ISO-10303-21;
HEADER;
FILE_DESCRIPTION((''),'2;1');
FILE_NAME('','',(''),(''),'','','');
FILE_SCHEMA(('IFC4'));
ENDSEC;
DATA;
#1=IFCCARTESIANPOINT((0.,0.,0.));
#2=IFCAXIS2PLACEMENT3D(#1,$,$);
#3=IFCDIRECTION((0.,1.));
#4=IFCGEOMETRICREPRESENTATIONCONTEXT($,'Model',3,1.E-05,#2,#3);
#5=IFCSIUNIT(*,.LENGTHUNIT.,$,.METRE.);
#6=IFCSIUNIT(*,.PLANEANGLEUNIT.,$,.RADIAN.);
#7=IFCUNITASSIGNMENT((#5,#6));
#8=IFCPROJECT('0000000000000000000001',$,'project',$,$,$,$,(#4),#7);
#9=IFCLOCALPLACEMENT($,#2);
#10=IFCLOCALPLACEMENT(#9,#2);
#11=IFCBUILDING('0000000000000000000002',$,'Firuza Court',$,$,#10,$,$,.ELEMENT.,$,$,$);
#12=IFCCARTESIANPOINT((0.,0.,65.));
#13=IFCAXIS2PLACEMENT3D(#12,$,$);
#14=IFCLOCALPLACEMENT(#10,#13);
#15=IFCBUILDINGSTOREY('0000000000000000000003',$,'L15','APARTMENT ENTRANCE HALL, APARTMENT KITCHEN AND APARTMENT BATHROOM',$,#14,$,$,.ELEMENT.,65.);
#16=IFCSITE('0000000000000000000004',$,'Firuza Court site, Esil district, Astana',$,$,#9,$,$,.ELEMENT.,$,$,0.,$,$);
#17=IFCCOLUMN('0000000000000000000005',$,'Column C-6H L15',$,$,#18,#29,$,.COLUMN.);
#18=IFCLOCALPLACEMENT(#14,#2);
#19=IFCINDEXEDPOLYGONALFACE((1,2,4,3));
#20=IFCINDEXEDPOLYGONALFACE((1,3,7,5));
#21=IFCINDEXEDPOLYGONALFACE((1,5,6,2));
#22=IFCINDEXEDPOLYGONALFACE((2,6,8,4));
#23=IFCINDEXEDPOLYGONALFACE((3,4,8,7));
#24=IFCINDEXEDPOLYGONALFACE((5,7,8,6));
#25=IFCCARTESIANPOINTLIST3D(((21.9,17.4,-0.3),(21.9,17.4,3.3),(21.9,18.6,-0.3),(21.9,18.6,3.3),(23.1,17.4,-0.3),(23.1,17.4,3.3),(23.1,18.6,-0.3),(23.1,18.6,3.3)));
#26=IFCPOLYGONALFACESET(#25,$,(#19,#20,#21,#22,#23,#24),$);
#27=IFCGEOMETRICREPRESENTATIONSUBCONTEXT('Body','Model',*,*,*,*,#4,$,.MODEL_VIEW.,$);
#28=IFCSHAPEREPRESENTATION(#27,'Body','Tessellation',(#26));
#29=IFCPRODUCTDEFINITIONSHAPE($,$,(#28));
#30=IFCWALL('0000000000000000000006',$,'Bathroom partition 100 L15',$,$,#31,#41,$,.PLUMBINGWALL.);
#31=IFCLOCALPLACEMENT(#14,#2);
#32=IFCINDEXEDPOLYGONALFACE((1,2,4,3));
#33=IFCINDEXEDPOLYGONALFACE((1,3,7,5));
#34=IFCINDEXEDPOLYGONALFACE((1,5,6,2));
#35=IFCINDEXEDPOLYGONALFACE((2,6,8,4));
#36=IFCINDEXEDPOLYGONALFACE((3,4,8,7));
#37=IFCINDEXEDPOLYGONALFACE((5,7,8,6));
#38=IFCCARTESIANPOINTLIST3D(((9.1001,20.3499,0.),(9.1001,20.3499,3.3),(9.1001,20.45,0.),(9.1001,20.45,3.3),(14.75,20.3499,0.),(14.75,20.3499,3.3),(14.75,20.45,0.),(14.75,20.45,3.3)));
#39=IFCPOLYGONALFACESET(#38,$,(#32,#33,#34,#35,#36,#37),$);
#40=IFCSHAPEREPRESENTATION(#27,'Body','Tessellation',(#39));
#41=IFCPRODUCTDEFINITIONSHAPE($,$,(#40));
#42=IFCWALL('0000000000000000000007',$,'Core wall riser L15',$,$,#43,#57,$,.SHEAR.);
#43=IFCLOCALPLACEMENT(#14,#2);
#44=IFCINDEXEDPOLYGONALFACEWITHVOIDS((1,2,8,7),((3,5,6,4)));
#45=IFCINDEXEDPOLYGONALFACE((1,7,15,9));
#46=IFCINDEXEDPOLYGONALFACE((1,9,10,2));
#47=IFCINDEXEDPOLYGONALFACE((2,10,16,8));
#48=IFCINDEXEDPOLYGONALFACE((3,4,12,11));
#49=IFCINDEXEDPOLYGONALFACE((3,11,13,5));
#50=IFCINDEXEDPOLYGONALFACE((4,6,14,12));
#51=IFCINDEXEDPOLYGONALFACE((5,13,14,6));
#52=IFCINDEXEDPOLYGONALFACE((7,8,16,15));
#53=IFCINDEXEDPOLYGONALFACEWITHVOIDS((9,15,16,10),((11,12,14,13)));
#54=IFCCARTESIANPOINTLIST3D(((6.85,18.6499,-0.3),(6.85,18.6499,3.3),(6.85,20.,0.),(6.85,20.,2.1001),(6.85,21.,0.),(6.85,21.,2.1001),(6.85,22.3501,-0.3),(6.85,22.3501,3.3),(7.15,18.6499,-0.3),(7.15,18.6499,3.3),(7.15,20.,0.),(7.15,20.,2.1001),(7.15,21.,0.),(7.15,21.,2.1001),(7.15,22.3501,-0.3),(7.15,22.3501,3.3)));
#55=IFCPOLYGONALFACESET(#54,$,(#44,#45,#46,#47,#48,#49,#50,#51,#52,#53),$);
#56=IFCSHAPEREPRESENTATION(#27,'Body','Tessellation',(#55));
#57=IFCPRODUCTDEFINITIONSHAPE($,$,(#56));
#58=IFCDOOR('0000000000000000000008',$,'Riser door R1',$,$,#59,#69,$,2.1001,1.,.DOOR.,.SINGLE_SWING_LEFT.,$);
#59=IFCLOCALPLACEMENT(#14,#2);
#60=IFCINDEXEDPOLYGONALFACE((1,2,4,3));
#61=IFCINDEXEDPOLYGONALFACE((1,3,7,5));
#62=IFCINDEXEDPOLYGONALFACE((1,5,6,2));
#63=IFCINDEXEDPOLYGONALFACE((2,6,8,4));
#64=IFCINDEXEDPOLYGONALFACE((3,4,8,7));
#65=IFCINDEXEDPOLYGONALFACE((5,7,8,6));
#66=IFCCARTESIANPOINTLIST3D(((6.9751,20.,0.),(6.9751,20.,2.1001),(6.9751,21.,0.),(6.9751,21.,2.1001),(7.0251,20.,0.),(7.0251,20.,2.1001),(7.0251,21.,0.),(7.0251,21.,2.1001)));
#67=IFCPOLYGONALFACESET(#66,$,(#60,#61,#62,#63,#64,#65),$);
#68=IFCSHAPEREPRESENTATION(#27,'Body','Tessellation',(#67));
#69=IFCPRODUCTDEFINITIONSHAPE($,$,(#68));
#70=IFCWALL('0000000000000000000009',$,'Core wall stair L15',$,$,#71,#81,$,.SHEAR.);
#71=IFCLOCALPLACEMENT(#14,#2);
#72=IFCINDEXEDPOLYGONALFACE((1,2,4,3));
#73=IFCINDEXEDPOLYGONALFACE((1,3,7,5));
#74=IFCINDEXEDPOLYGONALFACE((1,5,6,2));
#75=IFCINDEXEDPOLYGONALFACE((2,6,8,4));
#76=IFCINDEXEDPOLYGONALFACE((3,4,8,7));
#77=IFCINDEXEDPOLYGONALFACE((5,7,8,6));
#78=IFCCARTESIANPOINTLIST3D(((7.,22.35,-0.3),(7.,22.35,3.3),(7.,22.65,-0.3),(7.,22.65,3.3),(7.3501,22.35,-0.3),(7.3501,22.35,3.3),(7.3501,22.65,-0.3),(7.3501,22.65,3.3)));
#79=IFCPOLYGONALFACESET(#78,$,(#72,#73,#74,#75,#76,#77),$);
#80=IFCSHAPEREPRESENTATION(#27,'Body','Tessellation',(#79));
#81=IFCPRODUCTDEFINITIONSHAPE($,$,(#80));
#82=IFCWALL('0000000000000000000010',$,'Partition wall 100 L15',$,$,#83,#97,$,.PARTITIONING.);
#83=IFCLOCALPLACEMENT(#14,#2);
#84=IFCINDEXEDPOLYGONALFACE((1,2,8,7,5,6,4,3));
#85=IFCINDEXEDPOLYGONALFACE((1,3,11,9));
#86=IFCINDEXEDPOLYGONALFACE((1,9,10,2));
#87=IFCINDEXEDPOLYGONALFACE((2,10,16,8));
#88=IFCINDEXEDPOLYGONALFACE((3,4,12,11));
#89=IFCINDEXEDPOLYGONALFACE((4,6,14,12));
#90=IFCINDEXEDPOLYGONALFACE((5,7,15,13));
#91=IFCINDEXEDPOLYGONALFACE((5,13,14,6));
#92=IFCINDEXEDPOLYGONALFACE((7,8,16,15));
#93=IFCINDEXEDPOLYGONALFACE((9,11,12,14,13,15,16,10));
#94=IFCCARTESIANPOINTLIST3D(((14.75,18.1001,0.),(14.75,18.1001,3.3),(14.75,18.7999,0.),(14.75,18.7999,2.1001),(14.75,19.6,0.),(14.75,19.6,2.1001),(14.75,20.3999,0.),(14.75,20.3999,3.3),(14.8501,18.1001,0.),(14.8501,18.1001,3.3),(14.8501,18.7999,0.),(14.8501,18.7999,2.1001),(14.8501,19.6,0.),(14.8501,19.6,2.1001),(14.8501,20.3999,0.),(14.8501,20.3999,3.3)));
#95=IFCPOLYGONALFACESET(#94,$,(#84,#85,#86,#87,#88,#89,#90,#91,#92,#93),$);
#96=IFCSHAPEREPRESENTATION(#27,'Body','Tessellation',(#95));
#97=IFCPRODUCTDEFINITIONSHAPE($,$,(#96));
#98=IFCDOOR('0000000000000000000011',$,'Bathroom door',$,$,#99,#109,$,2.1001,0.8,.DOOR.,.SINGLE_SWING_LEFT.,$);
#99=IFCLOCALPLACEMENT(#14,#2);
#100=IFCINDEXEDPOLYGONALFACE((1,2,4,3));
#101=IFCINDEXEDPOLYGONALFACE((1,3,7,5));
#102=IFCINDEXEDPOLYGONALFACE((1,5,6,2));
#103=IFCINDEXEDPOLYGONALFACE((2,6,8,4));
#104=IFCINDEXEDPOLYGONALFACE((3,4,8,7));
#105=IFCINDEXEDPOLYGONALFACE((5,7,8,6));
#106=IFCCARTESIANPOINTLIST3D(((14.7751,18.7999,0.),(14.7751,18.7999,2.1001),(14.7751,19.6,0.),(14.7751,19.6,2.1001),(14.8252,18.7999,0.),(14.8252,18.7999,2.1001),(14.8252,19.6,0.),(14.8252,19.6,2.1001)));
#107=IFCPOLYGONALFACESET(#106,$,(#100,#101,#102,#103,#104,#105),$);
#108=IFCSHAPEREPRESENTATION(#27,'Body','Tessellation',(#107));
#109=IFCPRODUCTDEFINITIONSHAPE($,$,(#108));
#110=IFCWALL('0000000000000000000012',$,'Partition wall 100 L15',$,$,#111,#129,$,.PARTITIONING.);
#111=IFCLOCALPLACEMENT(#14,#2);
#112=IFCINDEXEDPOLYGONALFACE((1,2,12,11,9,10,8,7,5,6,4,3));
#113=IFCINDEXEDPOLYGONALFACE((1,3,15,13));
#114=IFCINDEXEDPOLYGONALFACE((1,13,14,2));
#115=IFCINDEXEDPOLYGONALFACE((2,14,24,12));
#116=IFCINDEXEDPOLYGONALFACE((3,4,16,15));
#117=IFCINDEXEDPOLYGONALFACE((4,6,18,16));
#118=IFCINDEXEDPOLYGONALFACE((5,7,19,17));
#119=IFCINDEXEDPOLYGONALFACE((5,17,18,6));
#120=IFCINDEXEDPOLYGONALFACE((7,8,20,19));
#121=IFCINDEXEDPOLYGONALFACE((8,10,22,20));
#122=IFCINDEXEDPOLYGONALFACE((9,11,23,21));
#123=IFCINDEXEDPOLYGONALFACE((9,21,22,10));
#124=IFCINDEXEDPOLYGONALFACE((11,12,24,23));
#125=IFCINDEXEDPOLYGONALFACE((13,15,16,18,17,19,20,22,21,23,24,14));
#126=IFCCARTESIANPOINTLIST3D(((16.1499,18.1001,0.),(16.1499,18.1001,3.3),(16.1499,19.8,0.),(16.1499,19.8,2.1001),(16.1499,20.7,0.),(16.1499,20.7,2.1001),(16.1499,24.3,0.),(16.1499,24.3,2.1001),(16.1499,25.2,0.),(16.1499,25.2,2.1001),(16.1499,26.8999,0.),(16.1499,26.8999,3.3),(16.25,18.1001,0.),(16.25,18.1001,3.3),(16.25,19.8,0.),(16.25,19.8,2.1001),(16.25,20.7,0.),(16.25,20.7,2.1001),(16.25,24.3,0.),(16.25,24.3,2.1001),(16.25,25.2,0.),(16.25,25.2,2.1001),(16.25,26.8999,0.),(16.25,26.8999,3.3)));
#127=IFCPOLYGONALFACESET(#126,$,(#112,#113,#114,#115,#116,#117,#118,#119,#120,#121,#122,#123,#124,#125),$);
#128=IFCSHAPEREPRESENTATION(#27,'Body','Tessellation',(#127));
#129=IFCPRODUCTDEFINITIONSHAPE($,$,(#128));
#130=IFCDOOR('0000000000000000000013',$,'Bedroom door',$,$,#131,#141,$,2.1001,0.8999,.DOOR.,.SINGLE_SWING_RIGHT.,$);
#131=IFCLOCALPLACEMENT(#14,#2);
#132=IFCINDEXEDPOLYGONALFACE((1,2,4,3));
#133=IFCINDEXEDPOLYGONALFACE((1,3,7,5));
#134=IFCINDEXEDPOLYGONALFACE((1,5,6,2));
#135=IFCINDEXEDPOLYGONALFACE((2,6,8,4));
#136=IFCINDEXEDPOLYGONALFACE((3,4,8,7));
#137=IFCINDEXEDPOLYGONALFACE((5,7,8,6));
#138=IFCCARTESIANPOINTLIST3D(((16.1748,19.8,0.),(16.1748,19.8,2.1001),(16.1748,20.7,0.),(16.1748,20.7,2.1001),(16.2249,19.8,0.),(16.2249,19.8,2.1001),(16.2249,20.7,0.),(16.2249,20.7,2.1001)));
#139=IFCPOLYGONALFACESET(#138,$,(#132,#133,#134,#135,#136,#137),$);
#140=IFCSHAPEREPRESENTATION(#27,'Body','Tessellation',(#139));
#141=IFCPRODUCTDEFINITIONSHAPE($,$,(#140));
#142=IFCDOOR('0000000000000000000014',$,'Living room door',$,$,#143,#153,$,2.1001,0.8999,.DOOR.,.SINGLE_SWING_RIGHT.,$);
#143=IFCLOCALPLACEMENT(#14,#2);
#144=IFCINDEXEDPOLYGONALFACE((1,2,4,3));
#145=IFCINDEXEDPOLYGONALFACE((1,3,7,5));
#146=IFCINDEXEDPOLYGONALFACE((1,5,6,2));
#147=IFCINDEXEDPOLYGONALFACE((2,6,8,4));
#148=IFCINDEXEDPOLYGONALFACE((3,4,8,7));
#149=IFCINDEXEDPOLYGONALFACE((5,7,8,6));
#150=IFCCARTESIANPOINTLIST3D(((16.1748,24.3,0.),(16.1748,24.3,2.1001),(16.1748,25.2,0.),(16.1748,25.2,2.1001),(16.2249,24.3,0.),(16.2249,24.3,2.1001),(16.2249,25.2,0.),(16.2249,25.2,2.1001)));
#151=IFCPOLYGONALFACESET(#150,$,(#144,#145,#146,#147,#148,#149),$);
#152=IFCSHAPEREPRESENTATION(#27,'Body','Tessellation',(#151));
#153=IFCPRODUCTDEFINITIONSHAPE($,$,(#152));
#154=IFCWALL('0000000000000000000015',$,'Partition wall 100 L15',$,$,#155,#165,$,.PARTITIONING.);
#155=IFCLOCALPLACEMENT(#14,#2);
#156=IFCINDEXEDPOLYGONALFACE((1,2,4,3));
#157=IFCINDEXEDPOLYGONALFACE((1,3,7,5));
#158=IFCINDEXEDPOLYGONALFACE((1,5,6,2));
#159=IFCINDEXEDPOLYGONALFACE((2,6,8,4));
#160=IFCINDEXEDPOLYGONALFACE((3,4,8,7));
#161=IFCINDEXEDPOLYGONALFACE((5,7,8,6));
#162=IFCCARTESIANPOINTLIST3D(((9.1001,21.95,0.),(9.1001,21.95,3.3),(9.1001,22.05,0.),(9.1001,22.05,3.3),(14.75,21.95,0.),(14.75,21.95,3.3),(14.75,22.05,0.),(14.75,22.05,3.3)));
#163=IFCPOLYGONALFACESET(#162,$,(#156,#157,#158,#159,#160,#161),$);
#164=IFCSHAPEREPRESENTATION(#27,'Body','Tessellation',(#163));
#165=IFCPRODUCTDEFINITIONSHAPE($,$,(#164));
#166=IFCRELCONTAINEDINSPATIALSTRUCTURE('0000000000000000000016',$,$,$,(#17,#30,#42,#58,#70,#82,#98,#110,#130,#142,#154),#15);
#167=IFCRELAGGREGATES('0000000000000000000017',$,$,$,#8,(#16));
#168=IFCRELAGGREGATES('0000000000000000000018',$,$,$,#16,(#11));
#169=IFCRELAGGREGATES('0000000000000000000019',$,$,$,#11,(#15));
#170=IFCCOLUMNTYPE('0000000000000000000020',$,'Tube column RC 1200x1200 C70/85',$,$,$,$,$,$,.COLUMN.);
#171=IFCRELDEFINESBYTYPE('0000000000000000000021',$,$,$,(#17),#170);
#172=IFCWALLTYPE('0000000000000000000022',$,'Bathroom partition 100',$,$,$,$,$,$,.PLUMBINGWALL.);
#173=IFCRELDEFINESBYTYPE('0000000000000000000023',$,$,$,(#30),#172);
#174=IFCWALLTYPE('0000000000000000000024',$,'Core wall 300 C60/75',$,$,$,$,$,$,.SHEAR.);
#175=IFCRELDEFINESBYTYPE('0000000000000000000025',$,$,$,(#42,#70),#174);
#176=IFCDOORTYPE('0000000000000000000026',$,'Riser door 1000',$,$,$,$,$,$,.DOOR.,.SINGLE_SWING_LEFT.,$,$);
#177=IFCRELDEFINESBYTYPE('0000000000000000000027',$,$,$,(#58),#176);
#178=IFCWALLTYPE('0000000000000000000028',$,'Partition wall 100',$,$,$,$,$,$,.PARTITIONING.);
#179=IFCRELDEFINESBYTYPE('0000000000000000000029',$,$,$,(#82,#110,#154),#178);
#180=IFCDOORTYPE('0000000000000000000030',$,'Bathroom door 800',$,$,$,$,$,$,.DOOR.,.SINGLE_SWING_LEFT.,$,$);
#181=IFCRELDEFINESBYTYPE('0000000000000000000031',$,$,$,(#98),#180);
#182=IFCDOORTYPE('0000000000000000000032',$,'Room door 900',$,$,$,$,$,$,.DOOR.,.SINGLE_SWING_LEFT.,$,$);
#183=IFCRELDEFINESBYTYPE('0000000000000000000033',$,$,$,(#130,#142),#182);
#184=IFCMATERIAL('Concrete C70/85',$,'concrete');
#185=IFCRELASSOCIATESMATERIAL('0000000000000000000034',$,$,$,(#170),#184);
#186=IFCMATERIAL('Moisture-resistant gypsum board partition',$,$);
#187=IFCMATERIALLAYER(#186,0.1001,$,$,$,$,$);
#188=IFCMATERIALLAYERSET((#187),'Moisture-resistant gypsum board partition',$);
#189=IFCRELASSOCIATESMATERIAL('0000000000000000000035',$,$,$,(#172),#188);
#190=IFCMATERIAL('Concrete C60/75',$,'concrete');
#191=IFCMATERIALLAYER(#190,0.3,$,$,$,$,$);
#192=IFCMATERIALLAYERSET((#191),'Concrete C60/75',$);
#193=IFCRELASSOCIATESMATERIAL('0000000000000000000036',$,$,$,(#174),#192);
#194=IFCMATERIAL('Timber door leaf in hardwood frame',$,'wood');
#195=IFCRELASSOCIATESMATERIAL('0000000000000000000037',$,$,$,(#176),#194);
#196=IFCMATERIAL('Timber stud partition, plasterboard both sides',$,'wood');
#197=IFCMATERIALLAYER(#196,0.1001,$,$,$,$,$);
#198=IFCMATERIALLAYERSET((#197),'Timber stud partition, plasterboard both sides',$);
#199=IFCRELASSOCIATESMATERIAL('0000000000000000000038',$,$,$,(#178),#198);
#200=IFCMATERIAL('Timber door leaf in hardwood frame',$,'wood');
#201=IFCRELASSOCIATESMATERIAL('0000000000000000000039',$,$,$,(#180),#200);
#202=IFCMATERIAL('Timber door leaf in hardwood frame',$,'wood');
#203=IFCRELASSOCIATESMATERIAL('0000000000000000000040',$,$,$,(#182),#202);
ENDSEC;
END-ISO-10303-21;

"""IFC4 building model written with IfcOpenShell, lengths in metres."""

from ifc_helpers import new_model, si_unit, direction, frame, frame_2d, origin, origin_2d, place, context, subcontext, project, spatial, rectangle, extrude, material, layer, layer_set, material_profile, profile_set, type_object, element, fill, save


model = new_model("IFC4")

# Units and contexts
model_context = context("Model", 3, precision=1e-05, world=origin(), true_north=direction((0.0, 1.0)))
body_context = subcontext(model_context, "Body", "Model", "MODEL_VIEW")
ifc_project = project(units=[si_unit("LENGTHUNIT", "METRE"), si_unit("PLANEANGLEUNIT", "RADIAN")], contexts=[model_context])

# Site, building, storey
site_placement = place(None, origin())
site = spatial("IfcSite", under=ifc_project, at=site_placement, Name="Firuza Court site, Esil district, Astana", CompositionType="ELEMENT", RefElevation=0.0)
building_placement = place(site_placement, origin())
building = spatial("IfcBuilding", under=site, at=building_placement, Name="Firuza Court", CompositionType="ELEMENT")
storey_placement = place(building_placement, frame((0.0, 0.0, 65.0)))
storey = spatial("IfcBuildingStorey", under=building, at=storey_placement, Name="L15", Description="APARTMENT ENTRANCE HALL, APARTMENT KITCHEN AND APARTMENT BATHROOM", CompositionType="ELEMENT", Elevation=65.0)

# Column
ifc_material_1 = material(Name="Concrete C70/85", Category="concrete")
ifc_material_profile = material_profile(ifc_material_1, rectangle(XDim=1.2, YDim=1.2, at=origin_2d()), Name="RC 1200x1200")
ifc_profile_set = profile_set([ifc_material_profile], Name="Concrete C70/85")
column_type = type_object("IfcColumnType", Name="Tube column RC 1200x1200 C70/85", PredefinedType="COLUMN", material=ifc_profile_set)
column_placement = place(storey_placement, frame((22.5, 18.0, -0.3), z_axis=(0.0, 0.0, 1.0), x_axis=(1.0, 0.0, 0.0)))
element("IfcColumn", 1, at=column_placement, inside=storey, type_object=column_type, Name="Column C-6H L15", PredefinedType="COLUMN", context=body_context, shape_type="SweptSolid", body=[
    extrude(rectangle(XDim=1.2, YDim=1.2, at=origin_2d()), origin(), (0.0, 0.0, 1.0), 3.6001),
])

# Wall
ifc_material_2 = material(Name="Moisture-resistant gypsum board partition")
ifc_layer_1 = layer(ifc_material_2, 0.1001)
ifc_layer_set_1 = layer_set([ifc_layer_1], Name="Moisture-resistant gypsum board partition")
wall_type_1 = type_object("IfcWallType", Name="Bathroom partition 100", PredefinedType="PLUMBINGWALL", material=ifc_layer_set_1)
wall_1_placement = place(storey_placement, frame((9.1001, 20.3999, 0.0), z_axis=(0.0, 0.0, 1.0), x_axis=(1.0, 0.0, 0.0)))
element("IfcWall", 2, at=wall_1_placement, inside=storey, type_object=wall_type_1, Name="Bathroom partition 100 L15", PredefinedType="PLUMBINGWALL", context=body_context, shape_type="SweptSolid", body=[
    extrude(rectangle(XDim=5.6499, YDim=0.1001, at=frame_2d((2.825, 0.0))), origin(), (0.0, 0.0, 1.0), 3.3),
])

# Wall, opening, door
ifc_material_3 = material(Name="Concrete C60/75", Category="concrete")
ifc_layer_2 = layer(ifc_material_3, 0.3)
ifc_layer_set_2 = layer_set([ifc_layer_2], Name="Concrete C60/75")
wall_type_2 = type_object("IfcWallType", Name="Core wall 300 C60/75", PredefinedType="SHEAR", material=ifc_layer_set_2)
wall_2_placement = place(storey_placement, frame((7.0, 18.6499, -0.3), z_axis=(0.0, 0.0, 1.0), x_axis=(0.0, 1.0, 0.0)))
wall_2 = element("IfcWall", 3, at=wall_2_placement, inside=storey, type_object=wall_type_2, Name="Core wall riser L15", PredefinedType="SHEAR", context=body_context, shape_type="SweptSolid", body=[
    extrude(rectangle(XDim=3.7002, YDim=0.3, at=frame_2d((1.8501, 0.0))), origin(), (0.0, 0.0, 1.0), 3.6001),
])
opening_1_placement = place(wall_2_placement, frame((1.3501, 0.0, 0.3)))
opening_1 = element("IfcOpeningElement", 4, at=opening_1_placement, cuts=wall_2, PredefinedType="OPENING", context=body_context, shape_type="SweptSolid", body=[
    extrude(rectangle(XDim=1.0, YDim=2.1001, at=frame_2d((0.5, 1.05))), frame((0.0, 0.1621, 0.0), z_axis=(0.0, -1.0, 0.0), x_axis=(1.0, 0.0, 0.0)), (0.0, 0.0, 1.0), 0.324),
])
ifc_material_4 = material(Name="Timber door leaf in hardwood frame", Category="wood")
door_type_1 = type_object("IfcDoorType", Name="Riser door 1000", OperationType="SINGLE_SWING_LEFT", PredefinedType="DOOR", material=ifc_material_4)
door_1_placement = place(opening_1_placement, origin())
door_1 = element("IfcDoor", 5, at=door_1_placement, inside=storey, type_object=door_type_1, Name="Riser door R1", OperationType="SINGLE_SWING_LEFT", OverallHeight=2.1001, OverallWidth=1.0, PredefinedType="DOOR", context=body_context, shape_type="SweptSolid", body=[
    extrude(rectangle(XDim=1.0, YDim=2.1001, at=frame_2d((0.5, 1.05))), frame((0.0, 0.0249, 0.0), z_axis=(0.0, -1.0, 0.0), x_axis=(1.0, 0.0, 0.0)), (0.0, 0.0, 1.0), 0.05),
])
fill(opening_1, door_1)

# Wall
wall_3_placement = place(storey_placement, frame((7.0, 22.5, -0.3), z_axis=(0.0, 0.0, 1.0), x_axis=(1.0, 0.0, 0.0)))
element("IfcWall", 6, at=wall_3_placement, inside=storey, type_object=wall_type_2, Name="Core wall stair L15", PredefinedType="SHEAR", context=body_context, shape_type="SweptSolid", body=[
    extrude(rectangle(XDim=0.3501, YDim=0.3, at=frame_2d((0.175, 0.0))), origin(), (0.0, 0.0, 1.0), 3.6001),
])

# Wall, opening, door
ifc_material_5 = material(Name="Timber stud partition, plasterboard both sides", Category="wood")
ifc_layer_3 = layer(ifc_material_5, 0.1001)
ifc_layer_set_3 = layer_set([ifc_layer_3], Name="Timber stud partition, plasterboard both sides")
wall_type_3 = type_object("IfcWallType", Name="Partition wall 100", PredefinedType="PARTITIONING", material=ifc_layer_set_3)
wall_4_placement = place(storey_placement, frame((14.8, 18.1001, 0.0), z_axis=(0.0, 0.0, 1.0), x_axis=(0.0, 1.0, 0.0)))
wall_4 = element("IfcWall", 7, at=wall_4_placement, inside=storey, type_object=wall_type_3, Name="Partition wall 100 L15", PredefinedType="PARTITIONING", context=body_context, shape_type="SweptSolid", body=[
    extrude(rectangle(XDim=2.2998, YDim=0.1001, at=frame_2d((1.1499, 0.0))), origin(), (0.0, 0.0, 1.0), 3.3),
])
opening_2_placement = place(wall_4_placement, frame((0.7, 0.0, 0.0)))
opening_2 = element("IfcOpeningElement", 8, at=opening_2_placement, cuts=wall_4, PredefinedType="OPENING", context=body_context, shape_type="SweptSolid", body=[
    extrude(rectangle(XDim=0.8, YDim=2.1001, at=frame_2d((0.3999, 1.05))), frame((0.0, 0.062, 0.0), z_axis=(0.0, -1.0, 0.0), x_axis=(1.0, 0.0, 0.0)), (0.0, 0.0, 1.0), 0.124),
])
ifc_material_6 = material(Name="Timber door leaf in hardwood frame", Category="wood")
door_type_2 = type_object("IfcDoorType", Name="Bathroom door 800", OperationType="SINGLE_SWING_LEFT", PredefinedType="DOOR", material=ifc_material_6)
door_2_placement = place(opening_2_placement, origin())
door_2 = element("IfcDoor", 9, at=door_2_placement, inside=storey, type_object=door_type_2, Name="Bathroom door", OperationType="SINGLE_SWING_LEFT", OverallHeight=2.1001, OverallWidth=0.8, PredefinedType="DOOR", context=body_context, shape_type="SweptSolid", body=[
    extrude(rectangle(XDim=0.8, YDim=2.1001, at=frame_2d((0.3999, 1.05))), frame((0.0, 0.0249, 0.0), z_axis=(0.0, -1.0, 0.0), x_axis=(1.0, 0.0, 0.0)), (0.0, 0.0, 1.0), 0.05),
])
fill(opening_2, door_2)

# Wall, openings, doors
wall_5_placement = place(storey_placement, frame((16.2, 18.1001, 0.0), z_axis=(0.0, 0.0, 1.0), x_axis=(0.0, 1.0, 0.0)))
wall_5 = element("IfcWall", 10, at=wall_5_placement, inside=storey, type_object=wall_type_3, Name="Partition wall 100 L15", PredefinedType="PARTITIONING", context=body_context, shape_type="SweptSolid", body=[
    extrude(rectangle(XDim=8.7998, YDim=0.1001, at=frame_2d((4.3999, 0.0))), origin(), (0.0, 0.0, 1.0), 3.3),
])
opening_3_placement = place(wall_5_placement, frame((1.7, 0.0, 0.0)))
opening_3 = element("IfcOpeningElement", 11, at=opening_3_placement, cuts=wall_5, PredefinedType="OPENING", context=body_context, shape_type="SweptSolid", body=[
    extrude(rectangle(XDim=0.8999, YDim=2.1001, at=frame_2d((0.45, 1.05))), frame((0.0, 0.062, 0.0), z_axis=(0.0, -1.0, 0.0), x_axis=(1.0, 0.0, 0.0)), (0.0, 0.0, 1.0), 0.124),
])
opening_4_placement = place(wall_5_placement, frame((6.2, 0.0, 0.0)))
opening_4 = element("IfcOpeningElement", 12, at=opening_4_placement, cuts=wall_5, PredefinedType="OPENING", context=body_context, shape_type="SweptSolid", body=[
    extrude(rectangle(XDim=0.8999, YDim=2.1001, at=frame_2d((0.45, 1.05))), frame((0.0, 0.062, 0.0), z_axis=(0.0, -1.0, 0.0), x_axis=(1.0, 0.0, 0.0)), (0.0, 0.0, 1.0), 0.124),
])
ifc_material_7 = material(Name="Timber door leaf in hardwood frame", Category="wood")
door_type_3 = type_object("IfcDoorType", Name="Room door 900", OperationType="SINGLE_SWING_LEFT", PredefinedType="DOOR", material=ifc_material_7)
door_3_placement = place(opening_3_placement, frame((0.8999, 0.0, 0.0), z_axis=(0.0, 0.0, 1.0), x_axis=(-1.0, 0.0, 0.0)))
door_3 = element("IfcDoor", 13, at=door_3_placement, inside=storey, type_object=door_type_3, Name="Bedroom door", OperationType="SINGLE_SWING_RIGHT", OverallHeight=2.1001, OverallWidth=0.8999, PredefinedType="DOOR", context=body_context, shape_type="SweptSolid", body=[
    extrude(rectangle(XDim=0.8999, YDim=2.1001, at=frame_2d((0.45, 1.05))), frame((0.0, 0.0249, 0.0), z_axis=(0.0, -1.0, 0.0), x_axis=(1.0, 0.0, 0.0)), (0.0, 0.0, 1.0), 0.05),
])
fill(opening_3, door_3)
door_4_placement = place(opening_4_placement, frame((0.8999, 0.0, 0.0), z_axis=(0.0, 0.0, 1.0), x_axis=(-1.0, 0.0, 0.0)))
door_4 = element("IfcDoor", 14, at=door_4_placement, inside=storey, type_object=door_type_3, Name="Living room door", OperationType="SINGLE_SWING_RIGHT", OverallHeight=2.1001, OverallWidth=0.8999, PredefinedType="DOOR", context=body_context, shape_type="SweptSolid", body=[
    extrude(rectangle(XDim=0.8999, YDim=2.1001, at=frame_2d((0.45, 1.05))), frame((0.0, 0.0249, 0.0), z_axis=(0.0, -1.0, 0.0), x_axis=(1.0, 0.0, 0.0)), (0.0, 0.0, 1.0), 0.05),
])
fill(opening_4, door_4)

# Wall
wall_6_placement = place(storey_placement, frame((9.1001, 22.0, 0.0), z_axis=(0.0, 0.0, 1.0), x_axis=(1.0, 0.0, 0.0)))
element("IfcWall", 15, at=wall_6_placement, inside=storey, type_object=wall_type_3, Name="Partition wall 100 L15", PredefinedType="PARTITIONING", context=body_context, shape_type="SweptSolid", body=[
    extrude(rectangle(XDim=5.6499, YDim=0.1001, at=frame_2d((2.825, 0.0))), origin(), (0.0, 0.0, 1.0), 3.3),
])

save(model, "model.ifc")
